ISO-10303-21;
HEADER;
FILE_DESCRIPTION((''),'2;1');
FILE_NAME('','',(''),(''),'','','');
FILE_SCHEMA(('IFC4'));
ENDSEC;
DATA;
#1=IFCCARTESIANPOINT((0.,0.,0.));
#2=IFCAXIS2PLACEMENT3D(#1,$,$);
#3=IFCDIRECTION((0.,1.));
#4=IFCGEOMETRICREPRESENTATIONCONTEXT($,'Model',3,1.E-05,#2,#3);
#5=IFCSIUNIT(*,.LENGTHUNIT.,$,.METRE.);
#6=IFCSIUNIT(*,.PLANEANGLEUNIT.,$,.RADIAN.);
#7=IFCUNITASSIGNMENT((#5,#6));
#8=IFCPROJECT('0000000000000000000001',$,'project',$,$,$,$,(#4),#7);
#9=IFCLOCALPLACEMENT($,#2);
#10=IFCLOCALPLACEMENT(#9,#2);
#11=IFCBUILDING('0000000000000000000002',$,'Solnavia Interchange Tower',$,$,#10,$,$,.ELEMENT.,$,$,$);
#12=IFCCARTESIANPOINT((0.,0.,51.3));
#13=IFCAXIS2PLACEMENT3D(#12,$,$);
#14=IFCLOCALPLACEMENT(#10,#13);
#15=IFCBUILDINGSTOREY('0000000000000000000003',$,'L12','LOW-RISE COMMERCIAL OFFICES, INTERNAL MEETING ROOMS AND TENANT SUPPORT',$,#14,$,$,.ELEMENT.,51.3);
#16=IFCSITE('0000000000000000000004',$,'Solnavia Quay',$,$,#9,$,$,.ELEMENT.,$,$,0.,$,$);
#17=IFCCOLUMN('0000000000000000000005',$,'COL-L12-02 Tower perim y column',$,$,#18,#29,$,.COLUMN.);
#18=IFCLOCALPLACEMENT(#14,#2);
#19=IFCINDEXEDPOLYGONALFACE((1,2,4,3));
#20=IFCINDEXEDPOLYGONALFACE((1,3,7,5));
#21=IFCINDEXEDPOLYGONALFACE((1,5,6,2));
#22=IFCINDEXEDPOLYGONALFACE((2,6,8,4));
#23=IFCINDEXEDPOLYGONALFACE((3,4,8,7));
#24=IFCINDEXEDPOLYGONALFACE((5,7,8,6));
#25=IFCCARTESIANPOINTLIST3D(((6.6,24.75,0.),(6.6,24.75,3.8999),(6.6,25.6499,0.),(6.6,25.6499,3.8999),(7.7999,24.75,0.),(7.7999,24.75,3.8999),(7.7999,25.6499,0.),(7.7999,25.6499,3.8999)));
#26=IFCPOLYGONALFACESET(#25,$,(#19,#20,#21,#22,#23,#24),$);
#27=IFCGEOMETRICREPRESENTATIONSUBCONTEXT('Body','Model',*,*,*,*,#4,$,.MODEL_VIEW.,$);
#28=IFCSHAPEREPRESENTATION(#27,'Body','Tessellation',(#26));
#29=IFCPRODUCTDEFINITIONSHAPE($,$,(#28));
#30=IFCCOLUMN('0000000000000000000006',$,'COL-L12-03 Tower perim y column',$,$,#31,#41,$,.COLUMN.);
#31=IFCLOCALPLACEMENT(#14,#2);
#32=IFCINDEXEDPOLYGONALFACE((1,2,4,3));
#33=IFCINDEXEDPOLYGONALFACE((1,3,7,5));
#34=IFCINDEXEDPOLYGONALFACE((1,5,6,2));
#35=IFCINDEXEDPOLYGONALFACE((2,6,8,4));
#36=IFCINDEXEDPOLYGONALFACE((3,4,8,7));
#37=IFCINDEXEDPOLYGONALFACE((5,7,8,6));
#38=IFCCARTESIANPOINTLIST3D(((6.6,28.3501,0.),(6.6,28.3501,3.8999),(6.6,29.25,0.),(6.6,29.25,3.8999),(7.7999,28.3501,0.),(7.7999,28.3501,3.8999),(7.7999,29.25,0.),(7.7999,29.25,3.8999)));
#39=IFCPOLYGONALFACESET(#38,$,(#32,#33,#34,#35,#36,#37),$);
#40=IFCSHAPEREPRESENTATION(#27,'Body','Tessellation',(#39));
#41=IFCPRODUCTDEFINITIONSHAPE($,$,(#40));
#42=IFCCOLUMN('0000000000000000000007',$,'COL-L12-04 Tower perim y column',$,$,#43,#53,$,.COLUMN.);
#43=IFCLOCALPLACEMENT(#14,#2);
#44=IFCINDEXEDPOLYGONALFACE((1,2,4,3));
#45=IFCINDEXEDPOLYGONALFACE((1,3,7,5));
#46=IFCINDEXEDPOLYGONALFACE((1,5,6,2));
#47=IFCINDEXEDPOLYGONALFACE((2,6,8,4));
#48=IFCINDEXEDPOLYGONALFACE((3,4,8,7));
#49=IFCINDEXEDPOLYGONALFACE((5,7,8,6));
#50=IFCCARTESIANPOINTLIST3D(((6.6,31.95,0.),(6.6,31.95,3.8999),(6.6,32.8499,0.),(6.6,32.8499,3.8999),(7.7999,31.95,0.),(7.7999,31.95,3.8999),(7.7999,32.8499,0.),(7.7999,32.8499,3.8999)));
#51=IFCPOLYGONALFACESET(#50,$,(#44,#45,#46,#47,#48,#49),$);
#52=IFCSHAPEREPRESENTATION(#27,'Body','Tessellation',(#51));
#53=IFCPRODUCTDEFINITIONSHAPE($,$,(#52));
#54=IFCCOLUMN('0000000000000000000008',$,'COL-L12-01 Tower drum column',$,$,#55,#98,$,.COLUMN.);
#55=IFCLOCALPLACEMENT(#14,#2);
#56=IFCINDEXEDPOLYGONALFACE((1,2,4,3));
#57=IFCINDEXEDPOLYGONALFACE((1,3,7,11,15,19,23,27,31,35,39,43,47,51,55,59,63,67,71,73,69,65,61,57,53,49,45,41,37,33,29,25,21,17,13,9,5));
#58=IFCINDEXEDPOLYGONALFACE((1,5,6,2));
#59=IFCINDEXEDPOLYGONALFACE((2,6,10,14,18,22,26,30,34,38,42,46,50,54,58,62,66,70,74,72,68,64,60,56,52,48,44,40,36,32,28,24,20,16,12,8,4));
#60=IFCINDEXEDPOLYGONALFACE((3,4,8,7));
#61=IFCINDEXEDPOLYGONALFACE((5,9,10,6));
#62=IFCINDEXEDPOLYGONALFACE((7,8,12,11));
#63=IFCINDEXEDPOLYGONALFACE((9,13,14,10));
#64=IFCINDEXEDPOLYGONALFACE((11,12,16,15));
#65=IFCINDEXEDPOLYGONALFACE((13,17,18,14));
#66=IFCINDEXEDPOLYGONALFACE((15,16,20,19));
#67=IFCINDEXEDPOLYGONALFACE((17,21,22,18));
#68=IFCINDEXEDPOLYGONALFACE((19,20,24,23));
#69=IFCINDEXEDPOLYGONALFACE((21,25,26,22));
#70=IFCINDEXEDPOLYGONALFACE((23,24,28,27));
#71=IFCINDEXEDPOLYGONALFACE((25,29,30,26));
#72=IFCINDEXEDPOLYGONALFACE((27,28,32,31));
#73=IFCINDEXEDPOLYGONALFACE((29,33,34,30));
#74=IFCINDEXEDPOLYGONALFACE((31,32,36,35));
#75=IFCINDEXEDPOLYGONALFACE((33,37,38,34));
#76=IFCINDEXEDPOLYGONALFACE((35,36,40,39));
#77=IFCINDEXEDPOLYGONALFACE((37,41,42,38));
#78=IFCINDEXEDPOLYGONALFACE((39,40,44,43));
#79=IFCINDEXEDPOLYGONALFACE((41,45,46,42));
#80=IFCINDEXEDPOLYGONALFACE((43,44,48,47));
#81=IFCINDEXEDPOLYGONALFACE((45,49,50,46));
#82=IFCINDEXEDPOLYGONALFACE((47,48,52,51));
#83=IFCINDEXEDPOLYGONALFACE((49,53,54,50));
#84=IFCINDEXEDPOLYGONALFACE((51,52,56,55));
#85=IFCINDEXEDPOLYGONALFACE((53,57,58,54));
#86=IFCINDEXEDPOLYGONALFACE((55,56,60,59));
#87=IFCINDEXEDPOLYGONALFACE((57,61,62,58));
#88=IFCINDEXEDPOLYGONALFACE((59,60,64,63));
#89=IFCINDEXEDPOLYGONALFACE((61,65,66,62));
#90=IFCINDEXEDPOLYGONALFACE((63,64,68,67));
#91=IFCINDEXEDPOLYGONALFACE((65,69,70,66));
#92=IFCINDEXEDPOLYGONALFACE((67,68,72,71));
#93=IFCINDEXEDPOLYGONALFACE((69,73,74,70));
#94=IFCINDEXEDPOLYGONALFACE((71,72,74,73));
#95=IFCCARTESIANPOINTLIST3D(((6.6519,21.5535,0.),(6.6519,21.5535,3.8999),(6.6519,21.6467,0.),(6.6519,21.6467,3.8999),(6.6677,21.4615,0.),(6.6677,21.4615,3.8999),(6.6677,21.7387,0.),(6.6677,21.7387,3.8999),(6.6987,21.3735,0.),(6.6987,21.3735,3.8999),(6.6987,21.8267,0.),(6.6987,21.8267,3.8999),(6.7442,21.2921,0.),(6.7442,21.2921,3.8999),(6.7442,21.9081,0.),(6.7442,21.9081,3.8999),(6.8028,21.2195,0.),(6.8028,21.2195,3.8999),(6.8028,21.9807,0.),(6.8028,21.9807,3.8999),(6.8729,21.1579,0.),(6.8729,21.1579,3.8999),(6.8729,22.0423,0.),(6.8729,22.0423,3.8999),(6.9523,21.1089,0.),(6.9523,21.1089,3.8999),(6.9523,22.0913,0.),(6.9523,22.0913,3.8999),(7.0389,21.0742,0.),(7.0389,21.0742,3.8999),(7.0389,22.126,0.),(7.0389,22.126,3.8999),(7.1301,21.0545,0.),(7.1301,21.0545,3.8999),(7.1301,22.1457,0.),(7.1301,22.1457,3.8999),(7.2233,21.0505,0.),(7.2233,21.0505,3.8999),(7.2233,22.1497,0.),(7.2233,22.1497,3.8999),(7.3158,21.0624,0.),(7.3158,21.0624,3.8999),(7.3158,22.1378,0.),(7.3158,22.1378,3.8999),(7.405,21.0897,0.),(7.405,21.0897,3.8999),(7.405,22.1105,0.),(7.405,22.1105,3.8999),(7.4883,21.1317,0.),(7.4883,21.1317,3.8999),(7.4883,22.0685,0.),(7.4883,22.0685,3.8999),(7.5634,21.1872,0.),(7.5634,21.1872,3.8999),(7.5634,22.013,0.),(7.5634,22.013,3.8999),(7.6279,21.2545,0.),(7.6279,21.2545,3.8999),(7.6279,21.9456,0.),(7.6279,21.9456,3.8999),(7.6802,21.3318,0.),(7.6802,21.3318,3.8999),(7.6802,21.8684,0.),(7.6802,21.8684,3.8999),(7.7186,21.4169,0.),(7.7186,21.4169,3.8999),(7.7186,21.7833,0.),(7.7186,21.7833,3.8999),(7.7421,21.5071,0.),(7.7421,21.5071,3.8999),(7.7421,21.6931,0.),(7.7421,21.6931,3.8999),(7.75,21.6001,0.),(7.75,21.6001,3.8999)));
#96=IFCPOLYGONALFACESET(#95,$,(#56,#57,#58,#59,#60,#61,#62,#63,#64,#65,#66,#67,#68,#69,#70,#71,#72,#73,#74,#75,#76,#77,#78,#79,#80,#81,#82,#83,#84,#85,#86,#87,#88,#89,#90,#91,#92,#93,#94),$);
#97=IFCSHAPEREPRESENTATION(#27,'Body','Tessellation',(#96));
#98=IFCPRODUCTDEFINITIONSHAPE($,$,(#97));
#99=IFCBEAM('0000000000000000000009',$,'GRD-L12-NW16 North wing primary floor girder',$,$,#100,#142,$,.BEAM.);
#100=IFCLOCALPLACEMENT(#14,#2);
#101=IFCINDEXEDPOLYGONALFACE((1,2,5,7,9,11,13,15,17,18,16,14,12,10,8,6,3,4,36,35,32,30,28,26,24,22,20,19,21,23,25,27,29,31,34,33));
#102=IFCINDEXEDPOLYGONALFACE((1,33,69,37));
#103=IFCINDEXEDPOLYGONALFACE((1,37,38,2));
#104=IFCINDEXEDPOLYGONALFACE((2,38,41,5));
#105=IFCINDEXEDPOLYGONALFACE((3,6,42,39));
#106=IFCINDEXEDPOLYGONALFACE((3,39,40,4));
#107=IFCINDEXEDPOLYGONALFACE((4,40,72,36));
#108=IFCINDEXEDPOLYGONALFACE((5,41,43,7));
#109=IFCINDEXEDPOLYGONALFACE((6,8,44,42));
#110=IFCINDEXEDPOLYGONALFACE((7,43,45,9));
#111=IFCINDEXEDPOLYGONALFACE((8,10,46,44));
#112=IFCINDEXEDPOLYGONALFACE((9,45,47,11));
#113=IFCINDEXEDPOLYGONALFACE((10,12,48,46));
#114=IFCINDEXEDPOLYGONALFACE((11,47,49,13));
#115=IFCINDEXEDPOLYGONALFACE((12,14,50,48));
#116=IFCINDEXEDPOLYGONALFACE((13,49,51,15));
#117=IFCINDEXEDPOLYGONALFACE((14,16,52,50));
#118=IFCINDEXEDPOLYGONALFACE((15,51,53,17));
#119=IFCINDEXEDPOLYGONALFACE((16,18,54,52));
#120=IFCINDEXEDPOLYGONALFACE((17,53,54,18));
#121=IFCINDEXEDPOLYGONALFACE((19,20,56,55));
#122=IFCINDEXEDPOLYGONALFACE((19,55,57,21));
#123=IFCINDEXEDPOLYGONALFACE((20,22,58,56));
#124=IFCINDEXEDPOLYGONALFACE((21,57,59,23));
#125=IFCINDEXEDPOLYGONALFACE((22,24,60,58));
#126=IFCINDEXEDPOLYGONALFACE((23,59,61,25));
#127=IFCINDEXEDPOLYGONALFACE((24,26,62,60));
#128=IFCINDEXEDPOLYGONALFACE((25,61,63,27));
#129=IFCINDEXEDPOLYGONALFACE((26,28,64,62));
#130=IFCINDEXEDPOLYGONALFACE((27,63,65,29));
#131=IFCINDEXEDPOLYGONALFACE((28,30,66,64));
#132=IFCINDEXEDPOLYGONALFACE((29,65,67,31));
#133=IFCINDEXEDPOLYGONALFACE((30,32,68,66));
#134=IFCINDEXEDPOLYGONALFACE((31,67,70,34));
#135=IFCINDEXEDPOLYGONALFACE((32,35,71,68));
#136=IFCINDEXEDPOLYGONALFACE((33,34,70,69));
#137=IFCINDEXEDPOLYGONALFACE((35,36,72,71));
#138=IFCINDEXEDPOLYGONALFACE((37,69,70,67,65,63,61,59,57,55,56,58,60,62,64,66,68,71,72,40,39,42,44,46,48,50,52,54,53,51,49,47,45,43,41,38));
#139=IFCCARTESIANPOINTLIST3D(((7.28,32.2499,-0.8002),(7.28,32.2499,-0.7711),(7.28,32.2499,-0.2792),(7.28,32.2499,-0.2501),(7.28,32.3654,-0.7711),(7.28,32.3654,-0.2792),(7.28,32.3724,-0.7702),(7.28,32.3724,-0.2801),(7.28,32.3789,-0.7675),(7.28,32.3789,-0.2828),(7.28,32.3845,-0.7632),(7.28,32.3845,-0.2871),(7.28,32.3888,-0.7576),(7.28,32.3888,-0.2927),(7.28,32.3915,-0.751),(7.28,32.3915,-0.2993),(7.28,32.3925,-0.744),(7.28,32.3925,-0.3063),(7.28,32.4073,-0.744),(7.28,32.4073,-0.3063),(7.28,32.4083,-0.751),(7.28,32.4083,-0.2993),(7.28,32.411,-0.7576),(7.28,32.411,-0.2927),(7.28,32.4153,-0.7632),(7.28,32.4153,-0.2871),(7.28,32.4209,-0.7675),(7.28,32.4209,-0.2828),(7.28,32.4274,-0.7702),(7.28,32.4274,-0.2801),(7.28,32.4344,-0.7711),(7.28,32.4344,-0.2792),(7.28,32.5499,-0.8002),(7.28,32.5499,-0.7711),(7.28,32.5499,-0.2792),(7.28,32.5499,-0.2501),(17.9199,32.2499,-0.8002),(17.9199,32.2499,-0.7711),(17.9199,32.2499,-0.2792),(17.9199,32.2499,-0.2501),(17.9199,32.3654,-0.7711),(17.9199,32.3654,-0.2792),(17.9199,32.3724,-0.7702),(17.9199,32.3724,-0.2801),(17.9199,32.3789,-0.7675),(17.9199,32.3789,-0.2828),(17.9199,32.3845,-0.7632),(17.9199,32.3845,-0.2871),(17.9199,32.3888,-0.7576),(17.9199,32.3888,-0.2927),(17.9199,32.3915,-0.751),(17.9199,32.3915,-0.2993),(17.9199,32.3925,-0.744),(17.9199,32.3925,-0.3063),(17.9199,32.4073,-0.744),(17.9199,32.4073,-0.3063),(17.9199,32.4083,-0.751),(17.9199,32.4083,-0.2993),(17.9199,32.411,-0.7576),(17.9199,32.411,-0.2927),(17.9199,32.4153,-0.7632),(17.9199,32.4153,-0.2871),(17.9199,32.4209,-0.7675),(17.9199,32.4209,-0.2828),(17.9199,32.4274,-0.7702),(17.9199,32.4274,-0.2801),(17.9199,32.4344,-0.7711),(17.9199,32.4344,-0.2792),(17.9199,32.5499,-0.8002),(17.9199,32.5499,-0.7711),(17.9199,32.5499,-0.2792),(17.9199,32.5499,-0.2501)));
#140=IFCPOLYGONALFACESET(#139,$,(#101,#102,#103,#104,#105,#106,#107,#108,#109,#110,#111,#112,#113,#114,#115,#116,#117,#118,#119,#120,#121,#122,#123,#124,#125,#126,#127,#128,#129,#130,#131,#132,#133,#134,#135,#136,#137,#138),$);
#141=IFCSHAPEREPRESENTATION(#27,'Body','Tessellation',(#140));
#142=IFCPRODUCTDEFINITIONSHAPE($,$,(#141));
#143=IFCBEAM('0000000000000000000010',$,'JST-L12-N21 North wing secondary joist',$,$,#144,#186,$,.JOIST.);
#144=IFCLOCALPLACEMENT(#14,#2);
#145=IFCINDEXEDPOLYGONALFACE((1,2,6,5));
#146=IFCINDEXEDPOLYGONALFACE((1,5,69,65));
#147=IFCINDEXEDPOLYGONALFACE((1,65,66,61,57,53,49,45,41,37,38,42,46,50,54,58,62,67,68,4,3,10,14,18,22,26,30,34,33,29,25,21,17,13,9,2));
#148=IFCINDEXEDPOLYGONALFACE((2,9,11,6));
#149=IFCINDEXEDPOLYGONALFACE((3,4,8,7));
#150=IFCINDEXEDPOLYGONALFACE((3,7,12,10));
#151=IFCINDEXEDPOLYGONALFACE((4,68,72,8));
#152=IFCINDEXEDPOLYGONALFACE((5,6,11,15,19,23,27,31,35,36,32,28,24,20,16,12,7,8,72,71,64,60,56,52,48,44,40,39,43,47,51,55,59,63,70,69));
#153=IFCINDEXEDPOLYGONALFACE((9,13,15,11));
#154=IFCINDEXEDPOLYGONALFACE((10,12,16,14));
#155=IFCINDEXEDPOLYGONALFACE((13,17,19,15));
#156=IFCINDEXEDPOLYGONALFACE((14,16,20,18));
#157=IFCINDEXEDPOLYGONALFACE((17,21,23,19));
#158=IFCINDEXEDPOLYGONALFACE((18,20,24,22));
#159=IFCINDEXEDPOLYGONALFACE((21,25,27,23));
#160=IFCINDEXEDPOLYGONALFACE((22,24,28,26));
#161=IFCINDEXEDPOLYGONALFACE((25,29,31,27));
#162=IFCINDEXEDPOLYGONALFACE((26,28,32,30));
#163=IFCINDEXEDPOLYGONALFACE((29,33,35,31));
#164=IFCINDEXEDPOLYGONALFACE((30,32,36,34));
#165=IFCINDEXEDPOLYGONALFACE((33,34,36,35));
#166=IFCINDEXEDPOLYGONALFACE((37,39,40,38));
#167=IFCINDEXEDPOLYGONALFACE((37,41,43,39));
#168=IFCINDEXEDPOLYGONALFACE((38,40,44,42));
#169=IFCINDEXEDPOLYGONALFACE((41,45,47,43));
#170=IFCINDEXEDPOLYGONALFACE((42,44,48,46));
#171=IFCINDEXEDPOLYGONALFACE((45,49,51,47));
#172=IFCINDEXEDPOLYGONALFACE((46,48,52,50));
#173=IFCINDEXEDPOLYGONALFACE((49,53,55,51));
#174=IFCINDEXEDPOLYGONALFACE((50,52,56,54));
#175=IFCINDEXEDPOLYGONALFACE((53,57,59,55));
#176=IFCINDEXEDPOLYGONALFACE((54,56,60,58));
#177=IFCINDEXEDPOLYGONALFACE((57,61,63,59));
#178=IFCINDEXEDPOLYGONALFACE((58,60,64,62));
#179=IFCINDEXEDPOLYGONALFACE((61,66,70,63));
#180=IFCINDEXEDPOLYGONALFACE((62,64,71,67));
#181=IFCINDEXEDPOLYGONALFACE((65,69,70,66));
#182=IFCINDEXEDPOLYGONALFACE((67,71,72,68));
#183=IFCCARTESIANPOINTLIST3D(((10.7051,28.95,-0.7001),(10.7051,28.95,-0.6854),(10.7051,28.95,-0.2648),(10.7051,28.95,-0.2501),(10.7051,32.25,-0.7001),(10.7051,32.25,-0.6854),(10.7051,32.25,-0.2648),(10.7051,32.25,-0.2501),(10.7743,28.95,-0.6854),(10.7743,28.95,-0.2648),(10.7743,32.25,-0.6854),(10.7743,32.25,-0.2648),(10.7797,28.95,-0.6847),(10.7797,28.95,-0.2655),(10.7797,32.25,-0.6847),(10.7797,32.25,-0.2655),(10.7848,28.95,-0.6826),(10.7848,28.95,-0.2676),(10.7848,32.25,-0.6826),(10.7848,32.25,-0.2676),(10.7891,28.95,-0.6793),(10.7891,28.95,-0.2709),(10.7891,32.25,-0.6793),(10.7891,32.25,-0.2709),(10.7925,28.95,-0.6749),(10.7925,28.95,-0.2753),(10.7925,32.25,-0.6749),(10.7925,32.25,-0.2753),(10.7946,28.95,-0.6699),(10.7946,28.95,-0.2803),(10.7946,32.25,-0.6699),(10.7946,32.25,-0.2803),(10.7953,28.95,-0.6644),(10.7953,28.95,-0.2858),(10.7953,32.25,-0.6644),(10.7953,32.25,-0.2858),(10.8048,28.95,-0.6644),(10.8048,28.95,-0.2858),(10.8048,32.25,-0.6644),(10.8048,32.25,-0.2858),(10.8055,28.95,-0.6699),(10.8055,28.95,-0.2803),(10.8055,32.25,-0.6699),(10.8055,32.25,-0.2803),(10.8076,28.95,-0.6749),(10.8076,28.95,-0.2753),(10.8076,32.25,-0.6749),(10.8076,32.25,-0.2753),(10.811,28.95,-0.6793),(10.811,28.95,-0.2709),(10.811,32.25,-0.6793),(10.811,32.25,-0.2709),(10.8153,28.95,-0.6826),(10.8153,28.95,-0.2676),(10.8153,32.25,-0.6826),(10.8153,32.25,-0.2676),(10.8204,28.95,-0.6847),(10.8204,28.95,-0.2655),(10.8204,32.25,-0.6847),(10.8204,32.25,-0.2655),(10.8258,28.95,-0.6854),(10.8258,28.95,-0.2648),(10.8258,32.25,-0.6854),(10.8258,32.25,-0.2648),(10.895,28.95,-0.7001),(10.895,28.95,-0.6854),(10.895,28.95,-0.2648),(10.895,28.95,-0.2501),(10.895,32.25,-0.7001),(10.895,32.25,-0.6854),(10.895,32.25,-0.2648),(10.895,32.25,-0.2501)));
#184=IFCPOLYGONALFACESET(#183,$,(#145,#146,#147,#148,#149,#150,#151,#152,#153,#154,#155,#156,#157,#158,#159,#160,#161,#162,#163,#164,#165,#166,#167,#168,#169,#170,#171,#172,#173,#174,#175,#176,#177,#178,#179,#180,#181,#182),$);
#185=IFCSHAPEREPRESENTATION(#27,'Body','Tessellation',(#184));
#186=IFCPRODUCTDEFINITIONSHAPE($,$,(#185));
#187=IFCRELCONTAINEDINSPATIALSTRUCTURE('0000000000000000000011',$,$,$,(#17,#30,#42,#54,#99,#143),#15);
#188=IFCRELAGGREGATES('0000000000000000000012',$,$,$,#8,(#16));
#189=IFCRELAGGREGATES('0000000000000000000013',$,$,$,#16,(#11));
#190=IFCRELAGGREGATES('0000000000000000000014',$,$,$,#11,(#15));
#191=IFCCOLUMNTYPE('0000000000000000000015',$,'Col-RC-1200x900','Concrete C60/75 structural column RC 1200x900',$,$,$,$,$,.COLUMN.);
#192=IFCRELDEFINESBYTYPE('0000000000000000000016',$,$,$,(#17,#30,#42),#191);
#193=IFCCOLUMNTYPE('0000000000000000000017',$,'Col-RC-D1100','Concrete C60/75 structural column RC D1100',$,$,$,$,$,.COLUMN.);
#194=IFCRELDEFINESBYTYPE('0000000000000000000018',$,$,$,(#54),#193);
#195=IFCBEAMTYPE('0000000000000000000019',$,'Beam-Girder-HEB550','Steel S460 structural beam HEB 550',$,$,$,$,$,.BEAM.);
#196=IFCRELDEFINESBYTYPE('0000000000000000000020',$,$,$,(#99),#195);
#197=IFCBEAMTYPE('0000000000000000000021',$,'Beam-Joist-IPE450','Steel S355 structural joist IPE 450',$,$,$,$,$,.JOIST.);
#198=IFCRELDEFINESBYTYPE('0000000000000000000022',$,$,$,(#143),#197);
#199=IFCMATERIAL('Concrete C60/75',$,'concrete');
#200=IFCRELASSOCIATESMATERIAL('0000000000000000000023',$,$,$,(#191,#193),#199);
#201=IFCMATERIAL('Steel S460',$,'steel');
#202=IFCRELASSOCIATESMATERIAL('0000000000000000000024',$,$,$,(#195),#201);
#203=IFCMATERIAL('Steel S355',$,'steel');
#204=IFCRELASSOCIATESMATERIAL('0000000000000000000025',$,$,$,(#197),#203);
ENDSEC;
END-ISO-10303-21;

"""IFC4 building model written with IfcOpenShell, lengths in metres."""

from ifc_helpers import new_model, si_unit, direction, frame, origin, origin_2d, place, context, subcontext, project, spatial, rectangle, circle, i_section, extrude, material, material_profile, profile_set, type_object, element, save


model = new_model("IFC4")

# Units and contexts
model_context = context("Model", 3, precision=1e-05, world=origin(), true_north=direction((0.0, 1.0)))
body_context = subcontext(model_context, "Body", "Model", "MODEL_VIEW")
ifc_project = project(units=[si_unit("LENGTHUNIT", "METRE"), si_unit("PLANEANGLEUNIT", "RADIAN")], contexts=[model_context])

# Site, building, storey
site_placement = place(None, origin())
site = spatial("IfcSite", under=ifc_project, at=site_placement, Name="Solnavia Quay", CompositionType="ELEMENT", RefElevation=0.0)
building_placement = place(site_placement, origin())
building = spatial("IfcBuilding", under=site, at=building_placement, Name="Solnavia Interchange Tower", CompositionType="ELEMENT")
storey_placement = place(building_placement, frame((0.0, 0.0, 51.3)))
storey = spatial("IfcBuildingStorey", under=building, at=storey_placement, Name="L12", Description="LOW-RISE COMMERCIAL OFFICES, INTERNAL MEETING ROOMS AND TENANT SUPPORT", CompositionType="ELEMENT", Elevation=51.3)

# Columns
ifc_material_1 = material(Name="Concrete C60/75", Category="concrete")
ifc_material_profile_1 = material_profile(ifc_material_1, rectangle(XDim=0.8999, YDim=1.2, at=origin_2d()), Name="RC 1200x900")
ifc_profile_set_1 = profile_set([ifc_material_profile_1], Name="Concrete C60/75")
column_type_1 = type_object("IfcColumnType", Name="Col-RC-1200x900", Description="Concrete C60/75 structural column RC 1200x900", PredefinedType="COLUMN", material=ifc_profile_set_1)
for number, where, z_axis, x_axis, name in (
    (1, (7.2, 25.2, 0.0), (0.0, 0.0, 1.0), (0.0, 1.0, 0.0), "COL-L12-02 Tower perim y column"),
    (2, (7.2, 28.8, 0.0), (0.0, 0.0, 1.0), (0.0, 1.0, 0.0), "COL-L12-03 Tower perim y column"),
    (3, (7.2, 32.3999, 0.0), (0.0, 0.0, 1.0), (0.0, 1.0, 0.0), "COL-L12-04 Tower perim y column"),
):
    element("IfcColumn", number, at=place(storey_placement, frame(where, z_axis=z_axis, x_axis=x_axis)), inside=storey, type_object=column_type_1, Name=name, PredefinedType="COLUMN", context=body_context, shape_type="SweptSolid", body=[
        extrude(rectangle(XDim=0.8999, YDim=1.2, at=origin_2d()), origin(), (0.0, 0.0, 1.0), 3.8999),
    ])
ifc_material_profile_2 = material_profile(ifc_material_1, circle(Radius=0.55, at=origin_2d()), Name="RC D1100")
ifc_profile_set_2 = profile_set([ifc_material_profile_2], Name="Concrete C60/75")
column_type_2 = type_object("IfcColumnType", Name="Col-RC-D1100", Description="Concrete C60/75 structural column RC D1100", PredefinedType="COLUMN", material=ifc_profile_set_2)
column_placement = place(storey_placement, frame((7.2, 21.6001, 0.0), z_axis=(0.0, 0.0, 1.0), x_axis=(1.0, 0.0, 0.0)))
element("IfcColumn", 4, at=column_placement, inside=storey, type_object=column_type_2, Name="COL-L12-01 Tower drum column", PredefinedType="COLUMN", context=body_context, shape_type="SweptSolid", body=[
    extrude(circle(Radius=0.55, at=origin_2d()), origin(), (0.0, 0.0, 1.0), 3.8999),
])

# Beams
ifc_material_2 = material(Name="Steel S460", Category="steel")
ifc_material_profile_3 = material_profile(ifc_material_2, i_section(OverallWidth=0.3, OverallDepth=0.55, WebThickness=0.0149, FlangeThickness=0.0291, FilletRadius=0.0271, at=origin_2d()), Name="HEB 550")
ifc_profile_set_3 = profile_set([ifc_material_profile_3], Name="Steel S460")
beam_type_1 = type_object("IfcBeamType", Name="Beam-Girder-HEB550", Description="Steel S460 structural beam HEB 550", PredefinedType="BEAM", material=ifc_profile_set_3)
beam_1_placement = place(storey_placement, frame((7.28, 32.3999, -0.5251), z_axis=(1.0, 0.0, 0.0), x_axis=(0.0, 1.0, 0.0)))
element("IfcBeam", 5, at=beam_1_placement, inside=storey, type_object=beam_type_1, Name="GRD-L12-NW16 North wing primary floor girder", PredefinedType="BEAM", context=body_context, shape_type="SweptSolid", body=[
    extrude(i_section(OverallWidth=0.3, OverallDepth=0.55, WebThickness=0.0149, FlangeThickness=0.0291, FilletRadius=0.0271, at=origin_2d()), origin(), (0.0, 0.0, 1.0), 10.6399),
])
ifc_material_3 = material(Name="Steel S355", Category="steel")
ifc_material_profile_4 = material_profile(ifc_material_3, i_section(OverallWidth=0.1899, OverallDepth=0.45, WebThickness=0.0095, FlangeThickness=0.0146, FilletRadius=0.021, at=origin_2d()), Name="IPE 450")
ifc_profile_set_4 = profile_set([ifc_material_profile_4], Name="Steel S355")
beam_type_2 = type_object("IfcBeamType", Name="Beam-Joist-IPE450", Description="Steel S355 structural joist IPE 450", PredefinedType="JOIST", material=ifc_profile_set_4)
beam_2_placement = place(storey_placement, frame((10.8, 28.95, -0.4751), z_axis=(0.0, 1.0, 0.0), x_axis=(-1.0, 0.0, 0.0)))
element("IfcBeam", 6, at=beam_2_placement, inside=storey, type_object=beam_type_2, Name="JST-L12-N21 North wing secondary joist", PredefinedType="JOIST", context=body_context, shape_type="SweptSolid", body=[
    extrude(i_section(OverallWidth=0.1899, OverallDepth=0.45, WebThickness=0.0095, FlangeThickness=0.0146, FilletRadius=0.021, at=origin_2d()), origin(), (0.0, 0.0, 1.0), 3.3),
])

save(model, "model.ifc")
